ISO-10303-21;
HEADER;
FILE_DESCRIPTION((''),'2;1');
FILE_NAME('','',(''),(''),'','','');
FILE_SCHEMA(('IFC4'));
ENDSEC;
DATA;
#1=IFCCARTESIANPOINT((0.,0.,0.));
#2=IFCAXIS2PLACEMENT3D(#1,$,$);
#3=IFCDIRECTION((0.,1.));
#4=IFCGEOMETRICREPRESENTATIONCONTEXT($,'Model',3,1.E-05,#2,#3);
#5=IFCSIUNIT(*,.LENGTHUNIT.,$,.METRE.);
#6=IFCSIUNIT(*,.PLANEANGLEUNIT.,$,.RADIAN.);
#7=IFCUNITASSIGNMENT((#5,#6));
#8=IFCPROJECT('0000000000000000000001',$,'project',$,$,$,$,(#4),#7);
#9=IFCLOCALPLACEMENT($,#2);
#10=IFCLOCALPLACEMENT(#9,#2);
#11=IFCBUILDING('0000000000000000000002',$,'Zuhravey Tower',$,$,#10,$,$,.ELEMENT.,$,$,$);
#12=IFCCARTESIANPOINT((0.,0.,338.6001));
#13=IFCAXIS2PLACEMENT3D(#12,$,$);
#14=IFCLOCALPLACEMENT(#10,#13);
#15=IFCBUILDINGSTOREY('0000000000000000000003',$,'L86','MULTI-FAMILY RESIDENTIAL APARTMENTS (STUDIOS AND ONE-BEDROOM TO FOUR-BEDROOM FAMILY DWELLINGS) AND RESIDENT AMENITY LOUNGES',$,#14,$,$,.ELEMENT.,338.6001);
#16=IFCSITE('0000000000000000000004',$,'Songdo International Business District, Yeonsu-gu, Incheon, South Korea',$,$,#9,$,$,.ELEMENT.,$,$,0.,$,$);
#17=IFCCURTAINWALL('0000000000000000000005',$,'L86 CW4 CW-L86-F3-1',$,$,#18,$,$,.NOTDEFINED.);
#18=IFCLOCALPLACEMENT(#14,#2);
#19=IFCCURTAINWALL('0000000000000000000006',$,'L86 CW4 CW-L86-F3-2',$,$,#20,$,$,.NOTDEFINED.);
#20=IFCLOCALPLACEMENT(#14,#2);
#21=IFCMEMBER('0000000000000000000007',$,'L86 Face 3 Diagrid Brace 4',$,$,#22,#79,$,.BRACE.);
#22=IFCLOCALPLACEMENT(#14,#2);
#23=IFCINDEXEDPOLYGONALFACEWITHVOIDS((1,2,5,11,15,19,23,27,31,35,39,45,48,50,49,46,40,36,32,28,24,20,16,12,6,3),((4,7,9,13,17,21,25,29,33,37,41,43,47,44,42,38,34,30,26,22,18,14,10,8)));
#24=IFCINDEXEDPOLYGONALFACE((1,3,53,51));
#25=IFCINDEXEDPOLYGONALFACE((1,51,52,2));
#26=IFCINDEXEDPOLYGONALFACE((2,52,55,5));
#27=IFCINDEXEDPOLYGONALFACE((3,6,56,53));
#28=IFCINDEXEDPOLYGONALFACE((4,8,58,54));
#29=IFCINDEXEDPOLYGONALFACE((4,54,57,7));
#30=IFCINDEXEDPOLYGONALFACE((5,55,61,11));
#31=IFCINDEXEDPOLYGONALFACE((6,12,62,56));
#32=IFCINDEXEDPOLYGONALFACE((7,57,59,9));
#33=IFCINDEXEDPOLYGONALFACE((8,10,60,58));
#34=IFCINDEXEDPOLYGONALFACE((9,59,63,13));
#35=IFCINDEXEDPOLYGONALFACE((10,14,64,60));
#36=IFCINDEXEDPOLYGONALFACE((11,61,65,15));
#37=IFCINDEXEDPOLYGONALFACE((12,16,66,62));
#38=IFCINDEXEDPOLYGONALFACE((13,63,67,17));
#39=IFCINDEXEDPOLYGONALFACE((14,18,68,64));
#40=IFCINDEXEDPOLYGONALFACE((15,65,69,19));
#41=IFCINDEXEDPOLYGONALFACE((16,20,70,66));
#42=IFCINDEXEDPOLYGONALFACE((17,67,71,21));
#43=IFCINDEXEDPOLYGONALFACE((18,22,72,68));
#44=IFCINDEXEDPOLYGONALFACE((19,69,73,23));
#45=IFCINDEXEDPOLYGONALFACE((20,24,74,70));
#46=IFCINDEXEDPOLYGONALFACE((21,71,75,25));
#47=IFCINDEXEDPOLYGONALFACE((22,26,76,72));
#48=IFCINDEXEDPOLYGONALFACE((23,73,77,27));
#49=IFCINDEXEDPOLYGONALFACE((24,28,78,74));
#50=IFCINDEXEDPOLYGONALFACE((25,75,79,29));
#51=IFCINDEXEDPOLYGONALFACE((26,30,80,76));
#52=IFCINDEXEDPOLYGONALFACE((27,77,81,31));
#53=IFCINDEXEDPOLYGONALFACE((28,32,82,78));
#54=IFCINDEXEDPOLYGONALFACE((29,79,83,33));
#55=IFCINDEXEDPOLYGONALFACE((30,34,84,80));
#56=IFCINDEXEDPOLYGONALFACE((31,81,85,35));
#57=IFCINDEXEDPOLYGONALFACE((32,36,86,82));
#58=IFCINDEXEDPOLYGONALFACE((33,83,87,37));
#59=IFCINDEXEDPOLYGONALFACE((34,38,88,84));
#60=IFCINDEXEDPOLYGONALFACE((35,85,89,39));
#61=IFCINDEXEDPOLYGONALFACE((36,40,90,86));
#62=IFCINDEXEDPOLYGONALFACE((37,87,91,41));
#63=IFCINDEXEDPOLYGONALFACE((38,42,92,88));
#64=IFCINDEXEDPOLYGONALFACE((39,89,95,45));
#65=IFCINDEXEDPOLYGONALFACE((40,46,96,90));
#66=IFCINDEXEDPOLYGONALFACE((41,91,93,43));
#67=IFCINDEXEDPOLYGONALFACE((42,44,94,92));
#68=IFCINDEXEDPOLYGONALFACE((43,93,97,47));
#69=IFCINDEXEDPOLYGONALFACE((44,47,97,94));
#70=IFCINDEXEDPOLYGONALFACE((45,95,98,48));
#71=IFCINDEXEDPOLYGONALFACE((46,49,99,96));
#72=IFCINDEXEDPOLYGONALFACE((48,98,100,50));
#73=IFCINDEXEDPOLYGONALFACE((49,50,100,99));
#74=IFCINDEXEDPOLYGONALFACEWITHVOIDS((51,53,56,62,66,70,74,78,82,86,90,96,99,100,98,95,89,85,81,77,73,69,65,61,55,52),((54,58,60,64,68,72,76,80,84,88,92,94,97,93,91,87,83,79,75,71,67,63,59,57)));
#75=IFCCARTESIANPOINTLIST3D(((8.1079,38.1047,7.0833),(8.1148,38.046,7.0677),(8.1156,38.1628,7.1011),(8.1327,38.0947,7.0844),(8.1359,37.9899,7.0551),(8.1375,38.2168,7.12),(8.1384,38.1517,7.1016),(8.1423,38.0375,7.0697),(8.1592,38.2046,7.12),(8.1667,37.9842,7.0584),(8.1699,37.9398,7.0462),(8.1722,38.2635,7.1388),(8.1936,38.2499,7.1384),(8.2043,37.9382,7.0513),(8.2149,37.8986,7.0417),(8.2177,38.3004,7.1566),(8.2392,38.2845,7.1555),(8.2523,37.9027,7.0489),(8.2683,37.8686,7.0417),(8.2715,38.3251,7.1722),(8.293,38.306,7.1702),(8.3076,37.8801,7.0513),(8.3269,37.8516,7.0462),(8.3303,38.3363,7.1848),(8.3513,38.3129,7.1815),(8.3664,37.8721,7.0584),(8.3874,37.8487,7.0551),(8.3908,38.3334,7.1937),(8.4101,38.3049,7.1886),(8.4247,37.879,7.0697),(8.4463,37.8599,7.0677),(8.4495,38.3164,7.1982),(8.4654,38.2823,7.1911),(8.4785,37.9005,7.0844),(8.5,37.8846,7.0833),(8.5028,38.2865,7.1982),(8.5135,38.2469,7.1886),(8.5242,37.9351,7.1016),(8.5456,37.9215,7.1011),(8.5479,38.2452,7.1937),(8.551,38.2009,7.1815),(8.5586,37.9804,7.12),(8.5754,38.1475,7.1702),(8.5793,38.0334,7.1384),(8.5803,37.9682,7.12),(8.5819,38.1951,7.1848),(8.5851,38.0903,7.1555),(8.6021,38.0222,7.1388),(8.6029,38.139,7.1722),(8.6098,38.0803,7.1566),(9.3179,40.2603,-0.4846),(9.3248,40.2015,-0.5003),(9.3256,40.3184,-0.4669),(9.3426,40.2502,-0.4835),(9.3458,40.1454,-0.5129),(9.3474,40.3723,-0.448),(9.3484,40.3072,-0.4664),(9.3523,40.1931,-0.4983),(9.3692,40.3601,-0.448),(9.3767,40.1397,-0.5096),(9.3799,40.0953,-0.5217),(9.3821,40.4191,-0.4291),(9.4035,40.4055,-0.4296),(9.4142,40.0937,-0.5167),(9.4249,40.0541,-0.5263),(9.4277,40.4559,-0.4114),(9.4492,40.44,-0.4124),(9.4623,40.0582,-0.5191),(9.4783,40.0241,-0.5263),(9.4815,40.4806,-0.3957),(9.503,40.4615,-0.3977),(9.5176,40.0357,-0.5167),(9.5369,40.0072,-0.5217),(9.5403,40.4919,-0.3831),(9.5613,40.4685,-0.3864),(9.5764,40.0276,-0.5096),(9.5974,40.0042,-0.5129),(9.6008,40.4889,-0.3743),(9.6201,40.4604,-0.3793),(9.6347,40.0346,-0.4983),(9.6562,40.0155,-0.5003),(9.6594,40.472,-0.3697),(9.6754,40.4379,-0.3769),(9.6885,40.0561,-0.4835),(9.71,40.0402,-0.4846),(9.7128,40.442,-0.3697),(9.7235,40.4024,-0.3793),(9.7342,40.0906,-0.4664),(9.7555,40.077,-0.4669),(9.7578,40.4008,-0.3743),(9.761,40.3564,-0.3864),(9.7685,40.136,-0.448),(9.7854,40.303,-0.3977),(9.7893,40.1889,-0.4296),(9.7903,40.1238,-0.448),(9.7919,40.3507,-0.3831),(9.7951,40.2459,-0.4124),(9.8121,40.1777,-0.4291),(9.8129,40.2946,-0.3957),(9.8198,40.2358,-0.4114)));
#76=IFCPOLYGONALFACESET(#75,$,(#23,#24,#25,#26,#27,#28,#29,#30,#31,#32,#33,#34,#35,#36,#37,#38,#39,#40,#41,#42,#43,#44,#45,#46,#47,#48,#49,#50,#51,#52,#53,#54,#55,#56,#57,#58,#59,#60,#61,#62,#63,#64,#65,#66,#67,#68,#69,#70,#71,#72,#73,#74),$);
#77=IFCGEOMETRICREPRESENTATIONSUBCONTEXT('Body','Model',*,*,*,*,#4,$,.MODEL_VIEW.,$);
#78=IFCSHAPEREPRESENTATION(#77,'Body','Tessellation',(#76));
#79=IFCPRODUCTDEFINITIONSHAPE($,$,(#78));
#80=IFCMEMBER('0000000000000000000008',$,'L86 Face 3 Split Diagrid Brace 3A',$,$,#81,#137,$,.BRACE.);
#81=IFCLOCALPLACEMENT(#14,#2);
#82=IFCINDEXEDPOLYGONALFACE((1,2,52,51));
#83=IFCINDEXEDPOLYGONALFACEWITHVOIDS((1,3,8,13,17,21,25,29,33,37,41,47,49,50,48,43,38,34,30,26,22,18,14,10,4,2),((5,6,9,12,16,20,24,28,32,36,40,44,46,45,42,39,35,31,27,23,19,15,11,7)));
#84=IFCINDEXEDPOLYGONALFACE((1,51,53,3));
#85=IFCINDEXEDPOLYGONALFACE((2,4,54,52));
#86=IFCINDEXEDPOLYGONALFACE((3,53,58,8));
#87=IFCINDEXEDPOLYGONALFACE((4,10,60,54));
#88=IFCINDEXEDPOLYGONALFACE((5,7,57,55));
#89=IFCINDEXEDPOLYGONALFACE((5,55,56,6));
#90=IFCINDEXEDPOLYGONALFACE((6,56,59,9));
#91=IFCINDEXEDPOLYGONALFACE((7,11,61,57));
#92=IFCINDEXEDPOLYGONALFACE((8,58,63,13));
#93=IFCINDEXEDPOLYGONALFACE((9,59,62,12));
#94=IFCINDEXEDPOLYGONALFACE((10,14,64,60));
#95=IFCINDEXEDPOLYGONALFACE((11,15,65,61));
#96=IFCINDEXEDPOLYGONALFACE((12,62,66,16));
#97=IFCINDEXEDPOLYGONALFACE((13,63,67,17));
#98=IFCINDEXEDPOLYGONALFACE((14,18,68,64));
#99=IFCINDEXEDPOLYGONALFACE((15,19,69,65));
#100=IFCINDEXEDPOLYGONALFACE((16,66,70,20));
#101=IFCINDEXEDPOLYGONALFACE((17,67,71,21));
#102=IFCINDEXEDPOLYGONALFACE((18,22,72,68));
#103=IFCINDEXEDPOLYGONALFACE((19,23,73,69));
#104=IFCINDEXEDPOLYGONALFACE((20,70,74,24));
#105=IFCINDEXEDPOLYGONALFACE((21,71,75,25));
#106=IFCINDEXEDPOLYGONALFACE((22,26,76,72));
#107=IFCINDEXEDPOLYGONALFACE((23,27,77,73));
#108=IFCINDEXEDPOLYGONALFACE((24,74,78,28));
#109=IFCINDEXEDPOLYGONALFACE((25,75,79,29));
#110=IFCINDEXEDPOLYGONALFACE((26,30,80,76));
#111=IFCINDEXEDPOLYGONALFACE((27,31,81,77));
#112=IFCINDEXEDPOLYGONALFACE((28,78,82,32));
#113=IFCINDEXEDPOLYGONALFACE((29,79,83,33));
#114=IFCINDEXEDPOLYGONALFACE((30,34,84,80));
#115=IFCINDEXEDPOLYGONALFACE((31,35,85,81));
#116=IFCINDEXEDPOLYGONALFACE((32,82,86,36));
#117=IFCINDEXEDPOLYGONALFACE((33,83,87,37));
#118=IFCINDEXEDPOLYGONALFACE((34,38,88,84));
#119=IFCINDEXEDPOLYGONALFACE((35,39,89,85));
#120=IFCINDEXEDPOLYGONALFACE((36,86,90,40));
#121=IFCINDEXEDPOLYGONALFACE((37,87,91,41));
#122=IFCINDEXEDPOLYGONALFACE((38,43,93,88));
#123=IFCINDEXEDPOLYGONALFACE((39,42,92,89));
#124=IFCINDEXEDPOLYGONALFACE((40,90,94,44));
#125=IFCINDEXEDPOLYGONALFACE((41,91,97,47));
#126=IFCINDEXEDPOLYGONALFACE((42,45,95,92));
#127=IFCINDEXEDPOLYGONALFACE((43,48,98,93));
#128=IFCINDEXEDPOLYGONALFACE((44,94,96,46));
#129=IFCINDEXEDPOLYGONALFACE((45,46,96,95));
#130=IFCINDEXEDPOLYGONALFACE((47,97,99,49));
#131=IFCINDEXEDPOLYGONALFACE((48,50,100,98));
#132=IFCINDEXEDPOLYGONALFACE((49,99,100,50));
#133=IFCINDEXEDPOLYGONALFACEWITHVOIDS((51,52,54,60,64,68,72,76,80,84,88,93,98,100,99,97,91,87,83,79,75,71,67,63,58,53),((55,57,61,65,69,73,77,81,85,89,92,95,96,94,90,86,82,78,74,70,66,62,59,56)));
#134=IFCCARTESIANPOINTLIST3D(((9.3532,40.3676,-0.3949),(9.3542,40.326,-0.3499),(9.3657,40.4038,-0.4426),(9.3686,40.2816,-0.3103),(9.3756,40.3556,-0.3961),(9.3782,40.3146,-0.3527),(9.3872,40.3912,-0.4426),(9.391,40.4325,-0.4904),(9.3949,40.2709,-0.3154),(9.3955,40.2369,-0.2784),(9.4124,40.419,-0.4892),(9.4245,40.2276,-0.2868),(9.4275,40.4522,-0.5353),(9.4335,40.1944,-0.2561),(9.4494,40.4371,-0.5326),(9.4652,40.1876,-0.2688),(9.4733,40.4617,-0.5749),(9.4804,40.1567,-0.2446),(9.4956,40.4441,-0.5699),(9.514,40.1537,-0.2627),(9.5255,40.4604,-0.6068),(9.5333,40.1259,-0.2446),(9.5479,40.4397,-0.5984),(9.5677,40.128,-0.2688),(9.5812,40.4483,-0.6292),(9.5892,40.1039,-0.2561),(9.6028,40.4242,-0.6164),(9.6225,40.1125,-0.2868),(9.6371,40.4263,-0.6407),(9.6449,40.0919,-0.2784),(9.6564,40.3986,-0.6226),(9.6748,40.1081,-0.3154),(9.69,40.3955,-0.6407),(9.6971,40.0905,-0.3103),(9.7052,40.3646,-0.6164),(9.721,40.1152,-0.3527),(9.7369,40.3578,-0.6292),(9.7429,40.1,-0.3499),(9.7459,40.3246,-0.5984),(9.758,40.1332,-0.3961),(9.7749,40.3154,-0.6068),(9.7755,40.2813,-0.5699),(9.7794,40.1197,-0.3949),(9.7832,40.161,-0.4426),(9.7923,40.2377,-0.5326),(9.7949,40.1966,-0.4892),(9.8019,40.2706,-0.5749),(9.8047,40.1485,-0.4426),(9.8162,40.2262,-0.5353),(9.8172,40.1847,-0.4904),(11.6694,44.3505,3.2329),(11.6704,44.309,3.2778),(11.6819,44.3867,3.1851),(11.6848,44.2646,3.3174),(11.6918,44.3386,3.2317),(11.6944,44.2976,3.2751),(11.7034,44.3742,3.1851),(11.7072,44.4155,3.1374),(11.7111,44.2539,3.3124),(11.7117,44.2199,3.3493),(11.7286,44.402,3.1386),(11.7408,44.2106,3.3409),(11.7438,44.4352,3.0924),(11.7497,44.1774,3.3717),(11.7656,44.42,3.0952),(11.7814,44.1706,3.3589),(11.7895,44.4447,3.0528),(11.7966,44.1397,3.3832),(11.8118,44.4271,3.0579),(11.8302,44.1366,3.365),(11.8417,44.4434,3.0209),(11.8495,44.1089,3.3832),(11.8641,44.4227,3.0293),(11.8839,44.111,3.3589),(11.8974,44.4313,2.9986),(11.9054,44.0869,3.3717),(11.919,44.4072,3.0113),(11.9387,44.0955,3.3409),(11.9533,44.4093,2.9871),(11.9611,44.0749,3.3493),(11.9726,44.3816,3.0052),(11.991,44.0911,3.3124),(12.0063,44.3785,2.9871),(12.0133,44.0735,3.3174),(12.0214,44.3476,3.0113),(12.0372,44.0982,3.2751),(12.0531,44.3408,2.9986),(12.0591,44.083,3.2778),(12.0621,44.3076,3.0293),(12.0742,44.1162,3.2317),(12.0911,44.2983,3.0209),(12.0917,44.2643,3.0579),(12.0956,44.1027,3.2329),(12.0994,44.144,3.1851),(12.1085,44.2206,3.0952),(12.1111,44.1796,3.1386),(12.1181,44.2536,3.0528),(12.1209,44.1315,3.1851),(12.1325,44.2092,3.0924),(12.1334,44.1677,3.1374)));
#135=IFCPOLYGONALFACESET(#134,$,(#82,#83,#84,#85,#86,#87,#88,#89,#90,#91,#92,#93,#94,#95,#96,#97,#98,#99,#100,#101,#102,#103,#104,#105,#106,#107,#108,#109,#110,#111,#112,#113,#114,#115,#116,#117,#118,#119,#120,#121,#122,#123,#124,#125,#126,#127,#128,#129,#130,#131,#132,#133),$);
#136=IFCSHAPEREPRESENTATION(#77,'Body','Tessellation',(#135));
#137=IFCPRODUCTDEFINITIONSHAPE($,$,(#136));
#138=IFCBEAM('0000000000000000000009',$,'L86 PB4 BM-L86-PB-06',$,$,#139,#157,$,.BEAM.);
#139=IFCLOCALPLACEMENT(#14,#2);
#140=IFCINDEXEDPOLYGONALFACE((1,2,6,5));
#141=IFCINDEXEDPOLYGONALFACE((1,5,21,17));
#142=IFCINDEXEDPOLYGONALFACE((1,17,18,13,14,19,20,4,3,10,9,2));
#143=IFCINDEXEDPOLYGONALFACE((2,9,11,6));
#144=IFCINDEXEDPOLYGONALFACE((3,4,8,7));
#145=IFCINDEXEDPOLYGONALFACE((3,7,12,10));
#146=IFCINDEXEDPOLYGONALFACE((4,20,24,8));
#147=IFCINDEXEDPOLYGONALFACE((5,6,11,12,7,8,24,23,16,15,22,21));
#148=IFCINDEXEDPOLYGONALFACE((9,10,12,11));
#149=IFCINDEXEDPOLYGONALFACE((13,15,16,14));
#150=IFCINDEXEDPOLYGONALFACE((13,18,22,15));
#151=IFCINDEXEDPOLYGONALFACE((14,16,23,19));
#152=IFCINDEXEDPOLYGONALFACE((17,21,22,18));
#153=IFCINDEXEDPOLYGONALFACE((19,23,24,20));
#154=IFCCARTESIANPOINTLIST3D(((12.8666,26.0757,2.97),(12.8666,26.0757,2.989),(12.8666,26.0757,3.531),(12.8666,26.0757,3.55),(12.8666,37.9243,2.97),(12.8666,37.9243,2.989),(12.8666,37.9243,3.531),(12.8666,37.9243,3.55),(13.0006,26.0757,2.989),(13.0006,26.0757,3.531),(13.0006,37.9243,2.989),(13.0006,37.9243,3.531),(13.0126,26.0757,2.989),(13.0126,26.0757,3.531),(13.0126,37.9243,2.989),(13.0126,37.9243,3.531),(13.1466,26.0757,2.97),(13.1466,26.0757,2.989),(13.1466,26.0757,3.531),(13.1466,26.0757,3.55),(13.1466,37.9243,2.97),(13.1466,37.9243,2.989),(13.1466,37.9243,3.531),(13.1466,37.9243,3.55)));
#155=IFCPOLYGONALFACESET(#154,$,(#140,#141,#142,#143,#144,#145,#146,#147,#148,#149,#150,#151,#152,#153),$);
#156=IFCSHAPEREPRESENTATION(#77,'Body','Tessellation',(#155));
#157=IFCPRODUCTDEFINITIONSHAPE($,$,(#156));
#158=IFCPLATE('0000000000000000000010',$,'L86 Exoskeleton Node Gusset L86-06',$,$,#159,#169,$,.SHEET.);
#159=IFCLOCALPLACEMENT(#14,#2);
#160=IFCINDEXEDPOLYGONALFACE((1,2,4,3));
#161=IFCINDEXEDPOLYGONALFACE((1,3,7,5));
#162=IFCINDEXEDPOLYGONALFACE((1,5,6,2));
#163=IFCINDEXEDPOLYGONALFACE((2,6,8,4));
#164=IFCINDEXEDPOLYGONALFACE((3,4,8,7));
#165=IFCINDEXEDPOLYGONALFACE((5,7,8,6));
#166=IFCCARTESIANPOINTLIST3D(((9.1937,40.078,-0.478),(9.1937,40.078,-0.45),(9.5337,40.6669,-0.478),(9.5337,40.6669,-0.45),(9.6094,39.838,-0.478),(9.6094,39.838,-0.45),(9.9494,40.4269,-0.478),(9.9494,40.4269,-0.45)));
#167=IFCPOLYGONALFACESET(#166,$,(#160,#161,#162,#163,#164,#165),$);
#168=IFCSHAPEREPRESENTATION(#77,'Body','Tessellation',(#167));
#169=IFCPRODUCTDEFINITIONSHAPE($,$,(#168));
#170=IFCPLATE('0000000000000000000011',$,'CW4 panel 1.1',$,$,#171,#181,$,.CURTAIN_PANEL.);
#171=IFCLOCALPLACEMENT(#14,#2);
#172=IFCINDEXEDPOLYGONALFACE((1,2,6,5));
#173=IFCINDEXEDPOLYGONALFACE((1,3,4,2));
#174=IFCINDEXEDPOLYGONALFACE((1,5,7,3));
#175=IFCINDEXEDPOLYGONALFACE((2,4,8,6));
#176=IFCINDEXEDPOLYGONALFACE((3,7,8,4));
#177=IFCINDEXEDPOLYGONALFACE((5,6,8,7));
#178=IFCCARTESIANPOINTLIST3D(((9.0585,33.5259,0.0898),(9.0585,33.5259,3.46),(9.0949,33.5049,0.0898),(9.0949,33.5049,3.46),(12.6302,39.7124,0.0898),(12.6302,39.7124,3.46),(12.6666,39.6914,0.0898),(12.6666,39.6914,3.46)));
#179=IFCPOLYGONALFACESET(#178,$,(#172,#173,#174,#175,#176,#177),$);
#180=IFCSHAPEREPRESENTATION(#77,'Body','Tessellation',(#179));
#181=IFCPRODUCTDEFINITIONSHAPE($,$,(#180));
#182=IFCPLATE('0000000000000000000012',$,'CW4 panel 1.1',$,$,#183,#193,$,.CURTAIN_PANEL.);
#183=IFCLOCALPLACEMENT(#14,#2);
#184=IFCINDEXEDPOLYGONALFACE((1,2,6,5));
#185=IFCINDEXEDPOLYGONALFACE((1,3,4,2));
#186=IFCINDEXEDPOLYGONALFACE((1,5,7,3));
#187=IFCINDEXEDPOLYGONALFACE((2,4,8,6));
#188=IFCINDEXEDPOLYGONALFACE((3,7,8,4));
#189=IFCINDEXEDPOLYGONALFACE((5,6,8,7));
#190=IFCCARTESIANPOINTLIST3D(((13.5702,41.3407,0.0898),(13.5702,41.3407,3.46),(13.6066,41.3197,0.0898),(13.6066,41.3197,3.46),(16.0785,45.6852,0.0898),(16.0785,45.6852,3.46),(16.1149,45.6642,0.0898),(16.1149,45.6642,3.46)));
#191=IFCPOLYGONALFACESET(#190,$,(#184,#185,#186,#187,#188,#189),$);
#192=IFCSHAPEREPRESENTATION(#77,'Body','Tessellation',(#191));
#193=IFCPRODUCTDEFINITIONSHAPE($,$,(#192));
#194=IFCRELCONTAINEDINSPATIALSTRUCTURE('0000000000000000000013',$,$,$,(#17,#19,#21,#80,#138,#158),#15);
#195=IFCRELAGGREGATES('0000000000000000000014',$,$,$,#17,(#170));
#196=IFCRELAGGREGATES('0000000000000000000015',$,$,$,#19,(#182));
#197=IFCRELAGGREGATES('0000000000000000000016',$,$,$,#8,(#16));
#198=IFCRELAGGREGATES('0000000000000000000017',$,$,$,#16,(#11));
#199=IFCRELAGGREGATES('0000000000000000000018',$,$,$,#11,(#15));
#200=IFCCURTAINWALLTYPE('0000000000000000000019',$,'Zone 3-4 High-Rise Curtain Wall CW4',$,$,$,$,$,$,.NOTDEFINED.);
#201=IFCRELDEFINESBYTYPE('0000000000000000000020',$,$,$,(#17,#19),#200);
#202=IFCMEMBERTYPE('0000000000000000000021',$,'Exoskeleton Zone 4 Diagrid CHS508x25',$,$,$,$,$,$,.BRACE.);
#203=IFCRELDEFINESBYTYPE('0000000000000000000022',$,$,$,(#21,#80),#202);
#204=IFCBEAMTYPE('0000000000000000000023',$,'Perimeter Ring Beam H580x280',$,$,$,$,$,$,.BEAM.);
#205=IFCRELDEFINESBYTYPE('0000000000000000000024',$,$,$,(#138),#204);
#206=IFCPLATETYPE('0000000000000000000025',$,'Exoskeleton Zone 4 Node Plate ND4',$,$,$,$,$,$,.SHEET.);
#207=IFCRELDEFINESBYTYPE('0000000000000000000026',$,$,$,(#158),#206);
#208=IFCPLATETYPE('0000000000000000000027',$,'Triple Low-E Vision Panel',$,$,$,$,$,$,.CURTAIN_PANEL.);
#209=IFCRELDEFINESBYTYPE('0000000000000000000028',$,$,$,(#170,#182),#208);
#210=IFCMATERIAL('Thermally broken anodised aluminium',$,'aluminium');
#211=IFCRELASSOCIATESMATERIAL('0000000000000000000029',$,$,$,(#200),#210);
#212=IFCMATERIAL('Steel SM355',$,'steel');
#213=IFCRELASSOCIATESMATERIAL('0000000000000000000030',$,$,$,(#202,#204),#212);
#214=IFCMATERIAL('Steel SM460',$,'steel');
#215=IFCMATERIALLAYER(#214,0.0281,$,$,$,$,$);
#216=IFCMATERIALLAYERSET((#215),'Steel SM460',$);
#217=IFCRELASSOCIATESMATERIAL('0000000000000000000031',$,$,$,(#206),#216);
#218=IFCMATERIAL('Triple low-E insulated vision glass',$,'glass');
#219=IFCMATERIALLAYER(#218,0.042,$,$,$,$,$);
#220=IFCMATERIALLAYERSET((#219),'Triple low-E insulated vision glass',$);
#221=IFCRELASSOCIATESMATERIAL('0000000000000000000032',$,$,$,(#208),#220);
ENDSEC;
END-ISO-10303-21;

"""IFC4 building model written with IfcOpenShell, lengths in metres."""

from ifc_helpers import new_model, si_unit, direction, frame, origin, origin_2d, place, context, subcontext, project, spatial, rectangle, hollow_circle, i_section, extrude, material, layer, layer_set, material_profile, profile_set, type_object, element, aggregate, save


model = new_model("IFC4")

# Units and contexts
model_context = context("Model", 3, precision=1e-05, world=origin(), true_north=direction((0.0, 1.0)))
body_context = subcontext(model_context, "Body", "Model", "MODEL_VIEW")
ifc_project = project(units=[si_unit("LENGTHUNIT", "METRE"), si_unit("PLANEANGLEUNIT", "RADIAN")], contexts=[model_context])

# Site, building, storey
site_placement = place(None, origin())
site = spatial("IfcSite", under=ifc_project, at=site_placement, Name="Songdo International Business District, Yeonsu-gu, Incheon, South Korea", CompositionType="ELEMENT", RefElevation=0.0)
building_placement = place(site_placement, origin())
building = spatial("IfcBuilding", under=site, at=building_placement, Name="Zuhravey Tower", CompositionType="ELEMENT")
storey_placement = place(building_placement, frame((0.0, 0.0, 338.6001)))
storey = spatial("IfcBuildingStorey", under=building, at=storey_placement, Name="L86", Description="MULTI-FAMILY RESIDENTIAL APARTMENTS (STUDIOS AND ONE-BEDROOM TO FOUR-BEDROOM FAMILY DWELLINGS) AND RESIDENT AMENITY LOUNGES", CompositionType="ELEMENT", Elevation=338.6001)

# Curtain wall
ifc_material_1 = material(Name="Thermally broken anodised aluminium", Category="aluminium")
curtain_wall_type = type_object("IfcCurtainWallType", Name="Zone 3-4 High-Rise Curtain Wall CW4", PredefinedType="NOTDEFINED", material=ifc_material_1)
curtain_wall_1_placement = place(storey_placement, origin())
curtain_wall_1 = element("IfcCurtainWall", 1, at=curtain_wall_1_placement, inside=storey, type_object=curtain_wall_type, Name="L86 CW4 CW-L86-F3-1", PredefinedType="NOTDEFINED")

# Curtain wall
curtain_wall_2_placement = place(storey_placement, origin())
curtain_wall_2 = element("IfcCurtainWall", 2, at=curtain_wall_2_placement, inside=storey, type_object=curtain_wall_type, Name="L86 CW4 CW-L86-F3-2", PredefinedType="NOTDEFINED")

# Members
ifc_material_2 = material(Name="Steel SM355", Category="steel")
ifc_material_profile_1 = material_profile(ifc_material_2, hollow_circle(Radius=0.2539, WallThickness=0.0249, at=origin_2d()), Name="CHS-508.0x25")
ifc_profile_set_1 = profile_set([ifc_material_profile_1], Name="Steel SM355")
member_type_1 = type_object("IfcMemberType", Name="Exoskeleton Zone 4 Diagrid CHS508x25", PredefinedType="BRACE", material=ifc_profile_set_1)
member_1_placement = place(storey_placement, frame((9.5688, 40.248, -0.448), z_axis=(-0.15198, -0.270748, 0.950578), x_axis=(0.87201, -0.489487, 0.0)))
element("IfcMember", 3, at=member_1_placement, inside=storey, type_object=member_type_1, Name="L86 Face 3 Diagrid Brace 4", PredefinedType="BRACE", context=body_context, shape_type="SweptSolid", body=[
    extrude(hollow_circle(Radius=0.2539, WallThickness=0.0249, at=origin_2d()), origin(), (0.0, 0.0, 1.0), 7.9614),
])
member_2_placement = place(storey_placement, frame((9.5852, 40.2761, -0.4426), z_axis=(0.39497, 0.679196, 0.618621), x_axis=(-0.864458, 0.502704, 0.0)))
element("IfcMember", 4, at=member_2_placement, inside=storey, type_object=member_type_1, Name="L86 Face 3 Split Diagrid Brace 3A", PredefinedType="BRACE", context=body_context, shape_type="SweptSolid", body=[
    extrude(hollow_circle(Radius=0.2539, WallThickness=0.0249, at=origin_2d()), origin(), (0.0, 0.0, 1.0), 5.8643),
])

# Beam
ifc_material_profile_2 = material_profile(ifc_material_2, i_section(OverallWidth=0.28, OverallDepth=0.5801, WebThickness=0.012, FlangeThickness=0.019, at=origin_2d()), Name="H-580x280x12x19")
ifc_profile_set_2 = profile_set([ifc_material_profile_2], Name="Steel SM355")
beam_type = type_object("IfcBeamType", Name="Perimeter Ring Beam H580x280", PredefinedType="BEAM", material=ifc_profile_set_2)
beam_placement = place(storey_placement, frame((13.0066, 37.9243, 3.26), z_axis=(0.0, -1.0, 0.0), x_axis=(1.0, 0.0, 0.0)))
element("IfcBeam", 5, at=beam_placement, inside=storey, type_object=beam_type, Name="L86 PB4 BM-L86-PB-06", PredefinedType="BEAM", context=body_context, shape_type="SweptSolid", body=[
    extrude(i_section(OverallWidth=0.28, OverallDepth=0.5801, WebThickness=0.012, FlangeThickness=0.019, at=origin_2d()), origin(), (0.0, 0.0, 1.0), 11.8486),
])

# Plates
ifc_material_3 = material(Name="Steel SM460", Category="steel")
ifc_layer_1 = layer(ifc_material_3, 0.0281)
ifc_layer_set_1 = layer_set([ifc_layer_1], Name="Steel SM460")
plate_type_1 = type_object("IfcPlateType", Name="Exoskeleton Zone 4 Node Plate ND4", PredefinedType="SHEET", material=ifc_layer_set_1)
plate_1_placement = place(storey_placement, frame((9.5715, 40.2524, -0.478), z_axis=(0.0, 0.0, 1.0), x_axis=(-0.5, -0.866025, 0.0)))
element("IfcPlate", 6, at=plate_1_placement, inside=storey, type_object=plate_type_1, Name="L86 Exoskeleton Node Gusset L86-06", PredefinedType="SHEET", context=body_context, shape_type="SweptSolid", body=[
    extrude(rectangle(XDim=0.6799, YDim=0.48, at=origin_2d()), origin(), (0.0, 0.0, 1.0), 0.0281),
])
ifc_material_4 = material(Name="Triple low-E insulated vision glass", Category="glass")
ifc_layer_2 = layer(ifc_material_4, 0.042)
ifc_layer_set_2 = layer_set([ifc_layer_2], Name="Triple low-E insulated vision glass")
plate_type_2 = type_object("IfcPlateType", Name="Triple Low-E Vision Panel", PredefinedType="CURTAIN_PANEL", material=ifc_layer_set_2)
plate_2_placement = place(storey_placement, frame((10.8625, 36.6086, 0.0898), z_axis=(0.0, 0.0, 1.0), x_axis=(0.499997, 0.866027, 0.0)))
plate_2 = element("IfcPlate", 7, at=plate_2_placement, type_object=plate_type_2, Name="CW4 panel 1.1", PredefinedType="CURTAIN_PANEL", context=body_context, shape_type="SweptSolid", body=[
    extrude(rectangle(XDim=7.1436, YDim=0.042, at=origin_2d()), origin(), (0.0, 0.0, 1.0), 3.3701),
])
aggregate(curtain_wall_1, [plate_2])
plate_3_placement = place(storey_placement, frame((14.8425, 43.5024, 0.0898), z_axis=(0.0, 0.0, 1.0), x_axis=(0.500003, 0.866024, 0.0)))
plate_3 = element("IfcPlate", 8, at=plate_3_placement, type_object=plate_type_2, Name="CW4 panel 1.1", PredefinedType="CURTAIN_PANEL", context=body_context, shape_type="SweptSolid", body=[
    extrude(rectangle(XDim=5.0166, YDim=0.042, at=origin_2d()), origin(), (0.0, 0.0, 1.0), 3.3701),
])
aggregate(curtain_wall_2, [plate_3])

save(model, "model.ifc")
